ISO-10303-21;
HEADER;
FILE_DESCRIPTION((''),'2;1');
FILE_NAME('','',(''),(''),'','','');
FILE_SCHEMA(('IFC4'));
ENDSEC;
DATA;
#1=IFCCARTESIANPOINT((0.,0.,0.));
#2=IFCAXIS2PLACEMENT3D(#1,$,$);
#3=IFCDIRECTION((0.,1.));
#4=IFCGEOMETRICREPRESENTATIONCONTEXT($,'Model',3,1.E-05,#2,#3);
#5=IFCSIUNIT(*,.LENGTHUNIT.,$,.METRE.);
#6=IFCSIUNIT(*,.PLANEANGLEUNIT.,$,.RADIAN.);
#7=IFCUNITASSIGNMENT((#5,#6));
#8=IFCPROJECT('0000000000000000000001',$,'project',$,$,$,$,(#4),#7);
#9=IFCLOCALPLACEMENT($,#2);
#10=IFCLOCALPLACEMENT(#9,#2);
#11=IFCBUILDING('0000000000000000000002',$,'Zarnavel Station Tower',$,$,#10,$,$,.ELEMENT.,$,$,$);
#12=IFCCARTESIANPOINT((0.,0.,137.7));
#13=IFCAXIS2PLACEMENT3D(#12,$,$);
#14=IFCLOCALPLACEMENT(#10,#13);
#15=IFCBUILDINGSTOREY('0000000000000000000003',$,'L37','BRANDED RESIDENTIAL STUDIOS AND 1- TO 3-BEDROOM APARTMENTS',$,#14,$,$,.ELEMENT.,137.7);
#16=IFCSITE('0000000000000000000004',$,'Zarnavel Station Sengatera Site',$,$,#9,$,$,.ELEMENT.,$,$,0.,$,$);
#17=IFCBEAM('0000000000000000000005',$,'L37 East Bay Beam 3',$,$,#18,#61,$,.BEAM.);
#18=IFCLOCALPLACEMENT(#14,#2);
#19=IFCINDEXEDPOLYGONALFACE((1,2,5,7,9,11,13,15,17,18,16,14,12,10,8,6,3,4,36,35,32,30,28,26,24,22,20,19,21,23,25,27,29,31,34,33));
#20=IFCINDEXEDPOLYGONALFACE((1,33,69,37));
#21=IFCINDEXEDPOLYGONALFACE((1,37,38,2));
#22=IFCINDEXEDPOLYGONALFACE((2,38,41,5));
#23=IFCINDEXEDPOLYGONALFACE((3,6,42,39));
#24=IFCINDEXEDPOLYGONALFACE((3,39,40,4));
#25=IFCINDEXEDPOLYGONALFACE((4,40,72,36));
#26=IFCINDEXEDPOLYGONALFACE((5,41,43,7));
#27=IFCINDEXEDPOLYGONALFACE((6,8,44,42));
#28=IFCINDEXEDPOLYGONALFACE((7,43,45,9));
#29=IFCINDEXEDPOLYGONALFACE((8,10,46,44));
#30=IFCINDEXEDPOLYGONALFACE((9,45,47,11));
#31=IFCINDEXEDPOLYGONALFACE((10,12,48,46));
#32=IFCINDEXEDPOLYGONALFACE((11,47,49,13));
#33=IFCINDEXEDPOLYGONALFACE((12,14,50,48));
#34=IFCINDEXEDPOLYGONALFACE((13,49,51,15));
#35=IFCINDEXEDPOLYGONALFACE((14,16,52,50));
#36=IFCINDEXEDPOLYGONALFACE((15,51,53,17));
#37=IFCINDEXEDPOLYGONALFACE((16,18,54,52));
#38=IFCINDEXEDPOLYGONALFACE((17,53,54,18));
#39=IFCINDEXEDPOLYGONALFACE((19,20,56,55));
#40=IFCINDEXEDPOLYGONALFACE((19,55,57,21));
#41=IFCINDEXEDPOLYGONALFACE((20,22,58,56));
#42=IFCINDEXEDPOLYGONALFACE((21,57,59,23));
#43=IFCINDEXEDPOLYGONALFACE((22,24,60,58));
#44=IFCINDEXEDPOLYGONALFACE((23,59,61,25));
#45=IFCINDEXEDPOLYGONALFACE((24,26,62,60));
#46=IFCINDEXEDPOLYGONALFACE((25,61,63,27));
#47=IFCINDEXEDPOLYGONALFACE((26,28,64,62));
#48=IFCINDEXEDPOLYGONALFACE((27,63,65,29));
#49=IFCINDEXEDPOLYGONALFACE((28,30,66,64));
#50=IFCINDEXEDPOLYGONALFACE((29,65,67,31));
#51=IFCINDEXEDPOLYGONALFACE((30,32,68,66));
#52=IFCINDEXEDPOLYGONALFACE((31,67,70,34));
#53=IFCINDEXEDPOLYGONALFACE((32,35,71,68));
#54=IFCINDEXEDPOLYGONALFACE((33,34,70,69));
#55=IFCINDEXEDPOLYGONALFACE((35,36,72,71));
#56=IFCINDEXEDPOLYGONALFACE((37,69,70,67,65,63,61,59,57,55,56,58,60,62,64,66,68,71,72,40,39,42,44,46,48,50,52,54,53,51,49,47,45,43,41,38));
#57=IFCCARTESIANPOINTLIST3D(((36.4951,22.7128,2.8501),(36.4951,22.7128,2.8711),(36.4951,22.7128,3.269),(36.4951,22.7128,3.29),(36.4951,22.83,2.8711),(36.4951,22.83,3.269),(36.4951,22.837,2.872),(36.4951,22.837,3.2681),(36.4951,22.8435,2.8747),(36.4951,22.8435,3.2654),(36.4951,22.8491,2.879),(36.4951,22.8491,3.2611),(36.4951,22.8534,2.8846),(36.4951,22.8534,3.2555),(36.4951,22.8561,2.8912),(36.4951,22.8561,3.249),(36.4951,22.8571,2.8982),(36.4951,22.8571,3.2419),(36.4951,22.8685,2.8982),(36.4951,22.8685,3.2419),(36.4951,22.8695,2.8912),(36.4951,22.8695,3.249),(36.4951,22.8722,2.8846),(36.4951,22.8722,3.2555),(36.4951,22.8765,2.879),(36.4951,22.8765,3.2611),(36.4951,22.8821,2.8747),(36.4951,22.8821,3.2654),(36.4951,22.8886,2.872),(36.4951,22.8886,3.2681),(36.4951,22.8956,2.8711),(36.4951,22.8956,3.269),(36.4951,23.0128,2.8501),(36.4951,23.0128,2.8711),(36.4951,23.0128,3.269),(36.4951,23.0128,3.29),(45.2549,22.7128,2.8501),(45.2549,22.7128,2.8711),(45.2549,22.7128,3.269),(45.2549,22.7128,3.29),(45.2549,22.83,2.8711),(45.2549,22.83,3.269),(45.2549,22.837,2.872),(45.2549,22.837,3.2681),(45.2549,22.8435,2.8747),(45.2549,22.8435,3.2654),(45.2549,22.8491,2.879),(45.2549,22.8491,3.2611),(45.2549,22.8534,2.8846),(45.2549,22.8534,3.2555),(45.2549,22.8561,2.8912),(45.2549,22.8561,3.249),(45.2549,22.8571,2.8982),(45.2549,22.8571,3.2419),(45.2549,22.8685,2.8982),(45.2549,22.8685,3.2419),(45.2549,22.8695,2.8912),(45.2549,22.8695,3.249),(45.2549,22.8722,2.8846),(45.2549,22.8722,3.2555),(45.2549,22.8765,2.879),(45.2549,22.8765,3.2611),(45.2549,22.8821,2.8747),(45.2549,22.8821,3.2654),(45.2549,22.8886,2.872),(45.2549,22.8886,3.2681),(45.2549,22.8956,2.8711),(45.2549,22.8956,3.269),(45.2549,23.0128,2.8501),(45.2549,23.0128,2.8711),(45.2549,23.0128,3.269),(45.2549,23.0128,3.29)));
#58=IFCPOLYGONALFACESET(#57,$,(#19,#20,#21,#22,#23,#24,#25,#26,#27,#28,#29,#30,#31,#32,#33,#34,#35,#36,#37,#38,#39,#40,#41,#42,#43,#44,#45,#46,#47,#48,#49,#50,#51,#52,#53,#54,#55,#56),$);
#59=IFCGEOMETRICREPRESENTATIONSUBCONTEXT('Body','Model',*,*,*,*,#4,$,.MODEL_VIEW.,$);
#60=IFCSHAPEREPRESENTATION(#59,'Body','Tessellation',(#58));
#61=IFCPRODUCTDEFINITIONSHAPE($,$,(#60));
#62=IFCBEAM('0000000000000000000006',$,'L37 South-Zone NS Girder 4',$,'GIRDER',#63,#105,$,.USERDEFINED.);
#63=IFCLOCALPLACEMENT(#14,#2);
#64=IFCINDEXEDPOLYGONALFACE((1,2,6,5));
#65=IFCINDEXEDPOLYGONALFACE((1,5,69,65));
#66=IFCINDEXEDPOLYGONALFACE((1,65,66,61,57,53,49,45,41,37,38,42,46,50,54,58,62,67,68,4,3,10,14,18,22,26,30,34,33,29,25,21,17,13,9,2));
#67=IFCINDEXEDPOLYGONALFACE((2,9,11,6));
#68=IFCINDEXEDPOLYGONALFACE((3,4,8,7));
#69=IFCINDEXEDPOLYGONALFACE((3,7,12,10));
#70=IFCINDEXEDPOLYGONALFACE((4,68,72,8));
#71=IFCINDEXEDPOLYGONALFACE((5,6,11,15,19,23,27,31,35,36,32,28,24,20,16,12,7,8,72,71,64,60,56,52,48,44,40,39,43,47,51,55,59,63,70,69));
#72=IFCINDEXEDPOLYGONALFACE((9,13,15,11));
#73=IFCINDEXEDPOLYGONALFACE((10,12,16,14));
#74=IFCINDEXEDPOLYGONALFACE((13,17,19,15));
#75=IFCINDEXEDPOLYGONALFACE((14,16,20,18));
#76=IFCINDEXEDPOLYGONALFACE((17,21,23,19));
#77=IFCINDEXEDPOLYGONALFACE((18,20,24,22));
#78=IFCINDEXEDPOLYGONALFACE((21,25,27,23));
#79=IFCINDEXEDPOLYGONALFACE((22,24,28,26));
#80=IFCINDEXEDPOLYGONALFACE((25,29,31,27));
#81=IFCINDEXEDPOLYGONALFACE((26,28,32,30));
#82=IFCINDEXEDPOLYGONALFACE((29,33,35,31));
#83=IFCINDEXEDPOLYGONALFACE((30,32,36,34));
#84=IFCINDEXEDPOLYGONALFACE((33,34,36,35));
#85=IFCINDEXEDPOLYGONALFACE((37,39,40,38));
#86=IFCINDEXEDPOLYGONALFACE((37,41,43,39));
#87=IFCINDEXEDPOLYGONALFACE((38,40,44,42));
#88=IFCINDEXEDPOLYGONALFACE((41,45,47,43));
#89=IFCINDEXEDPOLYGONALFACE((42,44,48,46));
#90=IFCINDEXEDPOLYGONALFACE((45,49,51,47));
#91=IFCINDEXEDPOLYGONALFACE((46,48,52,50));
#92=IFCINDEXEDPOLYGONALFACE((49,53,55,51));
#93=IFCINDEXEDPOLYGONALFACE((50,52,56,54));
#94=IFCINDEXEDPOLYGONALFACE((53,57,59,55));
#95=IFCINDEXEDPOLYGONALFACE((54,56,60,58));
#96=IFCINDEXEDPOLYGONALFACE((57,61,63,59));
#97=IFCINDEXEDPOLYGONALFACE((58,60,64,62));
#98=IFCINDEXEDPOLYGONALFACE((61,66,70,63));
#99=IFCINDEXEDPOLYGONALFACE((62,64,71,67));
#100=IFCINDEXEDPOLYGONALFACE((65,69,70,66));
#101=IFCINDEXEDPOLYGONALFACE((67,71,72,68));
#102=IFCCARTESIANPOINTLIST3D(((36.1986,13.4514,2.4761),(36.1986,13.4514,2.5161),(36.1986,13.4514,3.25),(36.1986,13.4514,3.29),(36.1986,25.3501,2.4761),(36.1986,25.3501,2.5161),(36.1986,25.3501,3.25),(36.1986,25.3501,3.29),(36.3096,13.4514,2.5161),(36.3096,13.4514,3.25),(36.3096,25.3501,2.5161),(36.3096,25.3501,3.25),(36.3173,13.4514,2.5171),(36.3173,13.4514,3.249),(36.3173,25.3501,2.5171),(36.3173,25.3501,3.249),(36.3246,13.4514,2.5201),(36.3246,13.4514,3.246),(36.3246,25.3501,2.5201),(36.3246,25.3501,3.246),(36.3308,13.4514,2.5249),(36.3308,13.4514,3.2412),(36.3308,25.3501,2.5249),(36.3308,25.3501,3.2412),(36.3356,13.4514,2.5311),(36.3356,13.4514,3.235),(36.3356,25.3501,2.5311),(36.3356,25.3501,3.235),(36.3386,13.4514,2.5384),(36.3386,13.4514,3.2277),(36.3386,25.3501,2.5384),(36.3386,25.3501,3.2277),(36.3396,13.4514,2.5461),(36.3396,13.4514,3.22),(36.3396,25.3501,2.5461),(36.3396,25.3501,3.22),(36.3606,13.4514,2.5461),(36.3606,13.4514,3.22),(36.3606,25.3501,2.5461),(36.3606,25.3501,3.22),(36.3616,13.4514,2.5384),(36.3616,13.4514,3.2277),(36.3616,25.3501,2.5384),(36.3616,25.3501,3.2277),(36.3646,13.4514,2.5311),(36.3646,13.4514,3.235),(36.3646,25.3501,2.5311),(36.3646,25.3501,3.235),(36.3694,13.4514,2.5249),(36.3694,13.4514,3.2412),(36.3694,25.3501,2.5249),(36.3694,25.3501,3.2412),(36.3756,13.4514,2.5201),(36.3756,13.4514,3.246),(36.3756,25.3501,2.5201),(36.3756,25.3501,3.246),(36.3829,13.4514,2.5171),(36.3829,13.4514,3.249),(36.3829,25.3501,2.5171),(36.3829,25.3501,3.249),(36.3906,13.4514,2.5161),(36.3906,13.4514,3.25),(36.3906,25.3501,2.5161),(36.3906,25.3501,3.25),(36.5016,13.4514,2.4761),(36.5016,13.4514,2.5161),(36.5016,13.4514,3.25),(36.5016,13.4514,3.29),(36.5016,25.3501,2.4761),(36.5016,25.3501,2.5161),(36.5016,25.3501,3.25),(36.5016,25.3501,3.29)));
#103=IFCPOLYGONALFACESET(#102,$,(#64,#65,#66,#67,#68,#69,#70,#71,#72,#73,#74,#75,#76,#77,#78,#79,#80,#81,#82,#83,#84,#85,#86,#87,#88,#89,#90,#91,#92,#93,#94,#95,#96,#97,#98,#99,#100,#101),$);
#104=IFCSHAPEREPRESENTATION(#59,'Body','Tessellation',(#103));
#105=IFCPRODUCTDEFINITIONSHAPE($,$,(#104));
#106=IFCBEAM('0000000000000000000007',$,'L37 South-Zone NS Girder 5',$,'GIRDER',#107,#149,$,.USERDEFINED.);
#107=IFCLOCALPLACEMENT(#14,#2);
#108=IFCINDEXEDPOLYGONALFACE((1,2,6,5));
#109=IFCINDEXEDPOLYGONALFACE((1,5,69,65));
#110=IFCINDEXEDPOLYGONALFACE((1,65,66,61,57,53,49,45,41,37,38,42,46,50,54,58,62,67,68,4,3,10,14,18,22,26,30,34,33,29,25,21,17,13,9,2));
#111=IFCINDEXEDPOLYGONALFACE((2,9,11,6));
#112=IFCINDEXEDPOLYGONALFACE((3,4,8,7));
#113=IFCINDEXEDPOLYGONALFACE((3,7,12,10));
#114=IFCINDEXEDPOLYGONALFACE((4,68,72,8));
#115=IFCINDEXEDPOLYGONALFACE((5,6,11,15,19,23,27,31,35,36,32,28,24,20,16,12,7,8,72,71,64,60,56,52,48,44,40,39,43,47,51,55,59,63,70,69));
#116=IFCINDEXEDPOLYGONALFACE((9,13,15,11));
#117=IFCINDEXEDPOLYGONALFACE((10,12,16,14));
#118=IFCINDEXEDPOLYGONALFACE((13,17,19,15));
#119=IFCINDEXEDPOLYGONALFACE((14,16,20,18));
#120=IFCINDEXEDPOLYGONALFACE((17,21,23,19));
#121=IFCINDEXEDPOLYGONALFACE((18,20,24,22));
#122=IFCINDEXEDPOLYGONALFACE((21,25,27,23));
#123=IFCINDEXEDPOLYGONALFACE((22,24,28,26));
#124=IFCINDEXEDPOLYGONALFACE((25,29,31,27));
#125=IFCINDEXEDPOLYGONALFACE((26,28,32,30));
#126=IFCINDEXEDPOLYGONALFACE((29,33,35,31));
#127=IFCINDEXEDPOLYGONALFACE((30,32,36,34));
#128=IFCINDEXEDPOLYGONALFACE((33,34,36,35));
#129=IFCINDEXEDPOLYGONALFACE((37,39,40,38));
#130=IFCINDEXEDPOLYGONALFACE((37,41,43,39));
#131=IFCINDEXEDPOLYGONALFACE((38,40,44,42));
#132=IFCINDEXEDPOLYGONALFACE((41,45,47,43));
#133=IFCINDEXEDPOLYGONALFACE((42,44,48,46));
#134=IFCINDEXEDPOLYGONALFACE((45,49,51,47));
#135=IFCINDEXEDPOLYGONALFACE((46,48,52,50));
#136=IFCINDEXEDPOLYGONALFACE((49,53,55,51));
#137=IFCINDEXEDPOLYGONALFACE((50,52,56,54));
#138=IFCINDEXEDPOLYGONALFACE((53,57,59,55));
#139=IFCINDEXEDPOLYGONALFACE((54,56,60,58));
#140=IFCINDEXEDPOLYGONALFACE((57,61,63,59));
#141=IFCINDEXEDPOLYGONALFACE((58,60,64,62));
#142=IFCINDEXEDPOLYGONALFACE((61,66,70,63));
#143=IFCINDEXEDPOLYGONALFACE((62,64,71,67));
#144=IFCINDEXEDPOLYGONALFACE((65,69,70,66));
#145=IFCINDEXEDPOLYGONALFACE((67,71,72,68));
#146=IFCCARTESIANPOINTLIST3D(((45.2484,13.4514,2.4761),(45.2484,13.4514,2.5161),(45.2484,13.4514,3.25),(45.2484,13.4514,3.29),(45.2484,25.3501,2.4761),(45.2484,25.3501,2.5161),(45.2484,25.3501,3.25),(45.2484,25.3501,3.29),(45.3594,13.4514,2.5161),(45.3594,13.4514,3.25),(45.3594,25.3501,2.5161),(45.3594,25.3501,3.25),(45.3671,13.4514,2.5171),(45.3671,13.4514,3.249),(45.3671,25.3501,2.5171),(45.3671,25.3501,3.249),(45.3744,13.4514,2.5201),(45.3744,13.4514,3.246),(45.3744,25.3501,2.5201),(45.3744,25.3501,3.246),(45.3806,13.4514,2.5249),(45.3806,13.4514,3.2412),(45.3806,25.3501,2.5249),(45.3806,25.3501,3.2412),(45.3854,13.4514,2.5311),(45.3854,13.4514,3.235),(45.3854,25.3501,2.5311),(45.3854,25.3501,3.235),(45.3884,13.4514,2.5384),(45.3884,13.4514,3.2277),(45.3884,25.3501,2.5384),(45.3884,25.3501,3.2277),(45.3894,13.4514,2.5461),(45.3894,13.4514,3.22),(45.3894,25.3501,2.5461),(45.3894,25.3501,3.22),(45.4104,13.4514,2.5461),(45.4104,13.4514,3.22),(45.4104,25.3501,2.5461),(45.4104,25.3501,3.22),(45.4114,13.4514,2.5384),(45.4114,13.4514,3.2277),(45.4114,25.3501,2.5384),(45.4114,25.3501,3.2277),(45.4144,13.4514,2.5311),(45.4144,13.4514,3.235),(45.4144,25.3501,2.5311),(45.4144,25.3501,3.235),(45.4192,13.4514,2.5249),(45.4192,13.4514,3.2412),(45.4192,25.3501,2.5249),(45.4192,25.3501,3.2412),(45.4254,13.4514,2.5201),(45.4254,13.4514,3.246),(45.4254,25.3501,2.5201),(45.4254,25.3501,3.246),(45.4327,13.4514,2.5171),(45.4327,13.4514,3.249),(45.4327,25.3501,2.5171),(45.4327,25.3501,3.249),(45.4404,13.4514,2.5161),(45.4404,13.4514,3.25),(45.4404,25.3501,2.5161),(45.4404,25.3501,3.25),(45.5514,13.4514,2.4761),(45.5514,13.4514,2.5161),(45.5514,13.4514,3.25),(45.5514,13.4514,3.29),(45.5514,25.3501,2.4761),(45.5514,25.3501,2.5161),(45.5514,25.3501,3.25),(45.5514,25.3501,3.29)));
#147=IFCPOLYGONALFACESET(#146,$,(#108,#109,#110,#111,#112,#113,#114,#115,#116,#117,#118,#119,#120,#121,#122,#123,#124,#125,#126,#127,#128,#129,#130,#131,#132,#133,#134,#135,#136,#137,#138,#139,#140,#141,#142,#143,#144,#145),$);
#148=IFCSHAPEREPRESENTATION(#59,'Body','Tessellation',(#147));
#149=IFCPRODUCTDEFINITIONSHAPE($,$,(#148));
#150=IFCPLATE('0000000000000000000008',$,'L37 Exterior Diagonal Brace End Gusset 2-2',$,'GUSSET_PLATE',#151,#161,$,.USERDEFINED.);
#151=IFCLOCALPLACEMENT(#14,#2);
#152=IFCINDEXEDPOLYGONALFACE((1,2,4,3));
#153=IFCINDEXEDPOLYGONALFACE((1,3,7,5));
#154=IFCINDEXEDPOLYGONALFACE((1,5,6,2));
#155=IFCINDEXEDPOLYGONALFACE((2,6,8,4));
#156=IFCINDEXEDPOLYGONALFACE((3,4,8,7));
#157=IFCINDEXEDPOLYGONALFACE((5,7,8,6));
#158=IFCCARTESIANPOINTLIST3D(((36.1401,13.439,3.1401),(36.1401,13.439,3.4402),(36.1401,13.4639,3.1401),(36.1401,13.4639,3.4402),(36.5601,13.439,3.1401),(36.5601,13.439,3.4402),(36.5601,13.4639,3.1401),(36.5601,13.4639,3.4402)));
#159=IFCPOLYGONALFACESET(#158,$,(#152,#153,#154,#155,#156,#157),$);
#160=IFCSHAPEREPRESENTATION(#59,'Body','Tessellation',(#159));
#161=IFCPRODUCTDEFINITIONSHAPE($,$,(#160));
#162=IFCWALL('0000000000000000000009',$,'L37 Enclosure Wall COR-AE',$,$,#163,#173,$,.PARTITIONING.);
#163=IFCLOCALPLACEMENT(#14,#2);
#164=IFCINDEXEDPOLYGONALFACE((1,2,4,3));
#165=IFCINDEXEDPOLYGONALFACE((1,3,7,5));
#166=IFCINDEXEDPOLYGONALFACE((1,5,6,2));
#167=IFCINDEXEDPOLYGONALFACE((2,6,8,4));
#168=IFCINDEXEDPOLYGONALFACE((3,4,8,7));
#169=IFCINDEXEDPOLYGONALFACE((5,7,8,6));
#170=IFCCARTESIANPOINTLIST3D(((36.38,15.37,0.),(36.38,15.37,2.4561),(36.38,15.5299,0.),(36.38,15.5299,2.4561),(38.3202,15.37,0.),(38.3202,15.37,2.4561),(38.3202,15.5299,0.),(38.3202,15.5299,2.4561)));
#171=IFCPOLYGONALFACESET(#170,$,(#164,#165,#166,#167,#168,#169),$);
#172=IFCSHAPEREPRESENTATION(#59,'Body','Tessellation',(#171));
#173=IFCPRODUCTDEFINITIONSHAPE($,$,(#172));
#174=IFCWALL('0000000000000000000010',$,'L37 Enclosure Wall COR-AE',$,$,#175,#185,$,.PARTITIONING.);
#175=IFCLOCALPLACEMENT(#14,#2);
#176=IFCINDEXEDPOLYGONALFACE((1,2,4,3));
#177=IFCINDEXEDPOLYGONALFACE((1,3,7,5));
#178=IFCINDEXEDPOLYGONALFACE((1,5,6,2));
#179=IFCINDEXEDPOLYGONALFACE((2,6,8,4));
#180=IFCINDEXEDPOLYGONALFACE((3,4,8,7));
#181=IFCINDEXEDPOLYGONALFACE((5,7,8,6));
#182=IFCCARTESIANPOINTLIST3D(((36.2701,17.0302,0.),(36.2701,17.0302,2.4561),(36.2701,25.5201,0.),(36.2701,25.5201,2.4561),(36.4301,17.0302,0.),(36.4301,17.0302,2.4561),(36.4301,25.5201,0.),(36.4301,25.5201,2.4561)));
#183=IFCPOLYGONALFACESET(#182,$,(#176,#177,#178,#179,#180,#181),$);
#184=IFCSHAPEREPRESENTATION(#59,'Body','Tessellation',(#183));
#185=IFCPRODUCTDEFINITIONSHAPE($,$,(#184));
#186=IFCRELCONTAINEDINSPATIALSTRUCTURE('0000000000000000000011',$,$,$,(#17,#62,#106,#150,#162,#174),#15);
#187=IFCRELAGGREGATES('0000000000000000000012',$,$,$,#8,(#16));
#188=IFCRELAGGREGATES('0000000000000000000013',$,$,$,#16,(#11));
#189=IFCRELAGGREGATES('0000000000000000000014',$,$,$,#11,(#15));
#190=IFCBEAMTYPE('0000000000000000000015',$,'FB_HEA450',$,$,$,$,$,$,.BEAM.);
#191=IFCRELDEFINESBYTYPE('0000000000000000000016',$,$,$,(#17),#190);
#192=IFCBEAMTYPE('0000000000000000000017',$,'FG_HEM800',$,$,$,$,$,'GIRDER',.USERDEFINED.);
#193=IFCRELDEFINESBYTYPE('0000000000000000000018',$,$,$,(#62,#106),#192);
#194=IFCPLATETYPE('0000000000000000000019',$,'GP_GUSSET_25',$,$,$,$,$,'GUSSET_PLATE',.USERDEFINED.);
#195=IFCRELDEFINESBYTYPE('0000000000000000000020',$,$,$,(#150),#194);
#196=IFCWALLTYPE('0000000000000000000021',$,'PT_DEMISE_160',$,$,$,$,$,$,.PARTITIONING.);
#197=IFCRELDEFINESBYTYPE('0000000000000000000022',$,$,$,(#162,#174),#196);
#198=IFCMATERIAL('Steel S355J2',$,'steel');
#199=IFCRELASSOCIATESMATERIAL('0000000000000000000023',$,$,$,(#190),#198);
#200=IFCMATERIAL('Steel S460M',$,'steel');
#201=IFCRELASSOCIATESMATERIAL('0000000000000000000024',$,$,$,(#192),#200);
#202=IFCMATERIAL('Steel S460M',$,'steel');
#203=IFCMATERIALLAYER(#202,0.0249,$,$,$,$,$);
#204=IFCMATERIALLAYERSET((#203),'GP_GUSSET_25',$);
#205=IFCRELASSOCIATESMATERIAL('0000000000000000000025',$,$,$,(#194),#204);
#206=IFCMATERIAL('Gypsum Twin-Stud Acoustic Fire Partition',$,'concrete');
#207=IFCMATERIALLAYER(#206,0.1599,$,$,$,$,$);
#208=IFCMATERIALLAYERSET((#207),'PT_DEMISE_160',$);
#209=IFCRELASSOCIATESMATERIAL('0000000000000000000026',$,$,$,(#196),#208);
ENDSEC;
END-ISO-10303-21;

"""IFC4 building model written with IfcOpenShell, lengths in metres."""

from ifc_helpers import new_model, si_unit, direction, frame, frame_2d, origin, origin_2d, place, context, subcontext, project, spatial, rectangle, i_section, extrude, material, layer, layer_set, material_profile, profile_set, type_object, element, save


model = new_model("IFC4")

# Units and contexts
model_context = context("Model", 3, precision=1e-05, world=origin(), true_north=direction((0.0, 1.0)))
body_context = subcontext(model_context, "Body", "Model", "MODEL_VIEW")
ifc_project = project(units=[si_unit("LENGTHUNIT", "METRE"), si_unit("PLANEANGLEUNIT", "RADIAN")], contexts=[model_context])

# Site, building, storey
site_placement = place(None, origin())
site = spatial("IfcSite", under=ifc_project, at=site_placement, Name="Zarnavel Station Sengatera Site", CompositionType="ELEMENT", RefElevation=0.0)
building_placement = place(site_placement, origin())
building = spatial("IfcBuilding", under=site, at=building_placement, Name="Zarnavel Station Tower", CompositionType="ELEMENT")
storey_placement = place(building_placement, frame((0.0, 0.0, 137.7)))
storey = spatial("IfcBuildingStorey", under=building, at=storey_placement, Name="L37", Description="BRANDED RESIDENTIAL STUDIOS AND 1- TO 3-BEDROOM APARTMENTS", CompositionType="ELEMENT", Elevation=137.7)

# Beams
ifc_material_1 = material(Name="Steel S355J2", Category="steel")
ifc_material_profile_1 = material_profile(ifc_material_1, i_section(OverallWidth=0.3, OverallDepth=0.4399, WebThickness=0.0115, FlangeThickness=0.021, FilletRadius=0.0271, at=origin_2d()), Name="HEA450")
ifc_profile_set_1 = profile_set([ifc_material_profile_1], Name="Steel S355J2")
beam_type_1 = type_object("IfcBeamType", Name="FB_HEA450", PredefinedType="BEAM", material=ifc_profile_set_1)
for number, where, z_axis, x_axis, name in (
    (1, (36.4951, 22.8628, 3.0701), (1.0, 0.0, 0.0), (0.0, 1.0, 0.0), "L37 East Bay Beam 3"),
):
    element("IfcBeam", number, at=place(storey_placement, frame(where, z_axis=z_axis, x_axis=x_axis)), inside=storey, type_object=beam_type_1, Name=name, PredefinedType="BEAM", context=body_context, shape_type="SweptSolid", body=[
        extrude(i_section(OverallWidth=0.3, OverallDepth=0.4399, WebThickness=0.0115, FlangeThickness=0.021, FilletRadius=0.0271, at=origin_2d()), origin(), (0.0, 0.0, 1.0), 8.7598),
    ])
ifc_material_2 = material(Name="Steel S460M", Category="steel")
ifc_material_profile_2 = material_profile(ifc_material_2, i_section(OverallWidth=0.303, OverallDepth=0.814, WebThickness=0.021, FlangeThickness=0.04, FilletRadius=0.03, at=origin_2d()), Name="HEM800")
ifc_profile_set_2 = profile_set([ifc_material_profile_2], Name="Steel S460M")
beam_type_2 = type_object("IfcBeamType", Name="FG_HEM800", ElementType="GIRDER", PredefinedType="USERDEFINED", material=ifc_profile_set_2)
for number, where, z_axis, x_axis, name in (
    (2, (36.3501, 13.4514, 2.8831), (0.0, 1.0, 0.0), (-1.0, 0.0, 0.0), "L37 South-Zone NS Girder 4"),
    (3, (45.3999, 13.4514, 2.8831), (0.0, 1.0, 0.0), (-1.0, 0.0, 0.0), "L37 South-Zone NS Girder 5"),
):
    element("IfcBeam", number, at=place(storey_placement, frame(where, z_axis=z_axis, x_axis=x_axis)), inside=storey, type_object=beam_type_2, Name=name, ObjectType="GIRDER", PredefinedType="USERDEFINED", context=body_context, shape_type="SweptSolid", body=[
        extrude(i_section(OverallWidth=0.303, OverallDepth=0.814, WebThickness=0.021, FlangeThickness=0.04, FilletRadius=0.03, at=origin_2d()), origin(), (0.0, 0.0, 1.0), 11.8987),
    ])

# Plate
ifc_material_3 = material(Name="Steel S460M", Category="steel")
ifc_layer_1 = layer(ifc_material_3, 0.0249)
ifc_layer_set_1 = layer_set([ifc_layer_1], Name="GP_GUSSET_25")
plate_type = type_object("IfcPlateType", Name="GP_GUSSET_25", ElementType="GUSSET_PLATE", PredefinedType="USERDEFINED", material=ifc_layer_set_1)
plate_placement = place(storey_placement, frame((36.3501, 13.4514, 3.1401), z_axis=(0.0, 0.0, 1.0), x_axis=(1.0, 0.0, 0.0)))
element("IfcPlate", 4, at=plate_placement, inside=storey, type_object=plate_type, Name="L37 Exterior Diagonal Brace End Gusset 2-2", ObjectType="GUSSET_PLATE", PredefinedType="USERDEFINED", context=body_context, shape_type="SweptSolid", body=[
    extrude(rectangle(XDim=0.4199, YDim=0.0249, at=origin_2d()), origin(), (0.0, 0.0, 1.0), 0.3),
])

# Walls
ifc_material_4 = material(Name="Gypsum Twin-Stud Acoustic Fire Partition", Category="concrete")
ifc_layer_2 = layer(ifc_material_4, 0.1599)
ifc_layer_set_2 = layer_set([ifc_layer_2], Name="PT_DEMISE_160")
wall_type_1 = type_object("IfcWallType", Name="PT_DEMISE_160", PredefinedType="PARTITIONING", material=ifc_layer_set_2)
wall_1_placement = place(storey_placement, frame((36.3799, 15.45, 0.0), z_axis=(0.0, 0.0, 1.0), x_axis=(1.0, 0.0, 0.0)))
element("IfcWall", 5, at=wall_1_placement, inside=storey, type_object=wall_type_1, Name="L37 Enclosure Wall COR-AE", PredefinedType="PARTITIONING", context=body_context, shape_type="SweptSolid", body=[
    extrude(rectangle(XDim=1.9402, YDim=0.1599, at=frame_2d((0.9702, 0.0))), origin(), (0.0, 0.0, 1.0), 2.4561),
])
wall_2_placement = place(storey_placement, frame((36.3501, 17.03, 0.0), z_axis=(0.0, 0.0, 1.0), x_axis=(0.0, 1.0, 0.0)))
element("IfcWall", 6, at=wall_2_placement, inside=storey, type_object=wall_type_1, Name="L37 Enclosure Wall COR-AE", PredefinedType="PARTITIONING", context=body_context, shape_type="SweptSolid", body=[
    extrude(rectangle(XDim=8.49, YDim=0.1599, at=frame_2d((4.2451, 0.0))), origin(), (0.0, 0.0, 1.0), 2.4561),
])

save(model, "model.ifc")
